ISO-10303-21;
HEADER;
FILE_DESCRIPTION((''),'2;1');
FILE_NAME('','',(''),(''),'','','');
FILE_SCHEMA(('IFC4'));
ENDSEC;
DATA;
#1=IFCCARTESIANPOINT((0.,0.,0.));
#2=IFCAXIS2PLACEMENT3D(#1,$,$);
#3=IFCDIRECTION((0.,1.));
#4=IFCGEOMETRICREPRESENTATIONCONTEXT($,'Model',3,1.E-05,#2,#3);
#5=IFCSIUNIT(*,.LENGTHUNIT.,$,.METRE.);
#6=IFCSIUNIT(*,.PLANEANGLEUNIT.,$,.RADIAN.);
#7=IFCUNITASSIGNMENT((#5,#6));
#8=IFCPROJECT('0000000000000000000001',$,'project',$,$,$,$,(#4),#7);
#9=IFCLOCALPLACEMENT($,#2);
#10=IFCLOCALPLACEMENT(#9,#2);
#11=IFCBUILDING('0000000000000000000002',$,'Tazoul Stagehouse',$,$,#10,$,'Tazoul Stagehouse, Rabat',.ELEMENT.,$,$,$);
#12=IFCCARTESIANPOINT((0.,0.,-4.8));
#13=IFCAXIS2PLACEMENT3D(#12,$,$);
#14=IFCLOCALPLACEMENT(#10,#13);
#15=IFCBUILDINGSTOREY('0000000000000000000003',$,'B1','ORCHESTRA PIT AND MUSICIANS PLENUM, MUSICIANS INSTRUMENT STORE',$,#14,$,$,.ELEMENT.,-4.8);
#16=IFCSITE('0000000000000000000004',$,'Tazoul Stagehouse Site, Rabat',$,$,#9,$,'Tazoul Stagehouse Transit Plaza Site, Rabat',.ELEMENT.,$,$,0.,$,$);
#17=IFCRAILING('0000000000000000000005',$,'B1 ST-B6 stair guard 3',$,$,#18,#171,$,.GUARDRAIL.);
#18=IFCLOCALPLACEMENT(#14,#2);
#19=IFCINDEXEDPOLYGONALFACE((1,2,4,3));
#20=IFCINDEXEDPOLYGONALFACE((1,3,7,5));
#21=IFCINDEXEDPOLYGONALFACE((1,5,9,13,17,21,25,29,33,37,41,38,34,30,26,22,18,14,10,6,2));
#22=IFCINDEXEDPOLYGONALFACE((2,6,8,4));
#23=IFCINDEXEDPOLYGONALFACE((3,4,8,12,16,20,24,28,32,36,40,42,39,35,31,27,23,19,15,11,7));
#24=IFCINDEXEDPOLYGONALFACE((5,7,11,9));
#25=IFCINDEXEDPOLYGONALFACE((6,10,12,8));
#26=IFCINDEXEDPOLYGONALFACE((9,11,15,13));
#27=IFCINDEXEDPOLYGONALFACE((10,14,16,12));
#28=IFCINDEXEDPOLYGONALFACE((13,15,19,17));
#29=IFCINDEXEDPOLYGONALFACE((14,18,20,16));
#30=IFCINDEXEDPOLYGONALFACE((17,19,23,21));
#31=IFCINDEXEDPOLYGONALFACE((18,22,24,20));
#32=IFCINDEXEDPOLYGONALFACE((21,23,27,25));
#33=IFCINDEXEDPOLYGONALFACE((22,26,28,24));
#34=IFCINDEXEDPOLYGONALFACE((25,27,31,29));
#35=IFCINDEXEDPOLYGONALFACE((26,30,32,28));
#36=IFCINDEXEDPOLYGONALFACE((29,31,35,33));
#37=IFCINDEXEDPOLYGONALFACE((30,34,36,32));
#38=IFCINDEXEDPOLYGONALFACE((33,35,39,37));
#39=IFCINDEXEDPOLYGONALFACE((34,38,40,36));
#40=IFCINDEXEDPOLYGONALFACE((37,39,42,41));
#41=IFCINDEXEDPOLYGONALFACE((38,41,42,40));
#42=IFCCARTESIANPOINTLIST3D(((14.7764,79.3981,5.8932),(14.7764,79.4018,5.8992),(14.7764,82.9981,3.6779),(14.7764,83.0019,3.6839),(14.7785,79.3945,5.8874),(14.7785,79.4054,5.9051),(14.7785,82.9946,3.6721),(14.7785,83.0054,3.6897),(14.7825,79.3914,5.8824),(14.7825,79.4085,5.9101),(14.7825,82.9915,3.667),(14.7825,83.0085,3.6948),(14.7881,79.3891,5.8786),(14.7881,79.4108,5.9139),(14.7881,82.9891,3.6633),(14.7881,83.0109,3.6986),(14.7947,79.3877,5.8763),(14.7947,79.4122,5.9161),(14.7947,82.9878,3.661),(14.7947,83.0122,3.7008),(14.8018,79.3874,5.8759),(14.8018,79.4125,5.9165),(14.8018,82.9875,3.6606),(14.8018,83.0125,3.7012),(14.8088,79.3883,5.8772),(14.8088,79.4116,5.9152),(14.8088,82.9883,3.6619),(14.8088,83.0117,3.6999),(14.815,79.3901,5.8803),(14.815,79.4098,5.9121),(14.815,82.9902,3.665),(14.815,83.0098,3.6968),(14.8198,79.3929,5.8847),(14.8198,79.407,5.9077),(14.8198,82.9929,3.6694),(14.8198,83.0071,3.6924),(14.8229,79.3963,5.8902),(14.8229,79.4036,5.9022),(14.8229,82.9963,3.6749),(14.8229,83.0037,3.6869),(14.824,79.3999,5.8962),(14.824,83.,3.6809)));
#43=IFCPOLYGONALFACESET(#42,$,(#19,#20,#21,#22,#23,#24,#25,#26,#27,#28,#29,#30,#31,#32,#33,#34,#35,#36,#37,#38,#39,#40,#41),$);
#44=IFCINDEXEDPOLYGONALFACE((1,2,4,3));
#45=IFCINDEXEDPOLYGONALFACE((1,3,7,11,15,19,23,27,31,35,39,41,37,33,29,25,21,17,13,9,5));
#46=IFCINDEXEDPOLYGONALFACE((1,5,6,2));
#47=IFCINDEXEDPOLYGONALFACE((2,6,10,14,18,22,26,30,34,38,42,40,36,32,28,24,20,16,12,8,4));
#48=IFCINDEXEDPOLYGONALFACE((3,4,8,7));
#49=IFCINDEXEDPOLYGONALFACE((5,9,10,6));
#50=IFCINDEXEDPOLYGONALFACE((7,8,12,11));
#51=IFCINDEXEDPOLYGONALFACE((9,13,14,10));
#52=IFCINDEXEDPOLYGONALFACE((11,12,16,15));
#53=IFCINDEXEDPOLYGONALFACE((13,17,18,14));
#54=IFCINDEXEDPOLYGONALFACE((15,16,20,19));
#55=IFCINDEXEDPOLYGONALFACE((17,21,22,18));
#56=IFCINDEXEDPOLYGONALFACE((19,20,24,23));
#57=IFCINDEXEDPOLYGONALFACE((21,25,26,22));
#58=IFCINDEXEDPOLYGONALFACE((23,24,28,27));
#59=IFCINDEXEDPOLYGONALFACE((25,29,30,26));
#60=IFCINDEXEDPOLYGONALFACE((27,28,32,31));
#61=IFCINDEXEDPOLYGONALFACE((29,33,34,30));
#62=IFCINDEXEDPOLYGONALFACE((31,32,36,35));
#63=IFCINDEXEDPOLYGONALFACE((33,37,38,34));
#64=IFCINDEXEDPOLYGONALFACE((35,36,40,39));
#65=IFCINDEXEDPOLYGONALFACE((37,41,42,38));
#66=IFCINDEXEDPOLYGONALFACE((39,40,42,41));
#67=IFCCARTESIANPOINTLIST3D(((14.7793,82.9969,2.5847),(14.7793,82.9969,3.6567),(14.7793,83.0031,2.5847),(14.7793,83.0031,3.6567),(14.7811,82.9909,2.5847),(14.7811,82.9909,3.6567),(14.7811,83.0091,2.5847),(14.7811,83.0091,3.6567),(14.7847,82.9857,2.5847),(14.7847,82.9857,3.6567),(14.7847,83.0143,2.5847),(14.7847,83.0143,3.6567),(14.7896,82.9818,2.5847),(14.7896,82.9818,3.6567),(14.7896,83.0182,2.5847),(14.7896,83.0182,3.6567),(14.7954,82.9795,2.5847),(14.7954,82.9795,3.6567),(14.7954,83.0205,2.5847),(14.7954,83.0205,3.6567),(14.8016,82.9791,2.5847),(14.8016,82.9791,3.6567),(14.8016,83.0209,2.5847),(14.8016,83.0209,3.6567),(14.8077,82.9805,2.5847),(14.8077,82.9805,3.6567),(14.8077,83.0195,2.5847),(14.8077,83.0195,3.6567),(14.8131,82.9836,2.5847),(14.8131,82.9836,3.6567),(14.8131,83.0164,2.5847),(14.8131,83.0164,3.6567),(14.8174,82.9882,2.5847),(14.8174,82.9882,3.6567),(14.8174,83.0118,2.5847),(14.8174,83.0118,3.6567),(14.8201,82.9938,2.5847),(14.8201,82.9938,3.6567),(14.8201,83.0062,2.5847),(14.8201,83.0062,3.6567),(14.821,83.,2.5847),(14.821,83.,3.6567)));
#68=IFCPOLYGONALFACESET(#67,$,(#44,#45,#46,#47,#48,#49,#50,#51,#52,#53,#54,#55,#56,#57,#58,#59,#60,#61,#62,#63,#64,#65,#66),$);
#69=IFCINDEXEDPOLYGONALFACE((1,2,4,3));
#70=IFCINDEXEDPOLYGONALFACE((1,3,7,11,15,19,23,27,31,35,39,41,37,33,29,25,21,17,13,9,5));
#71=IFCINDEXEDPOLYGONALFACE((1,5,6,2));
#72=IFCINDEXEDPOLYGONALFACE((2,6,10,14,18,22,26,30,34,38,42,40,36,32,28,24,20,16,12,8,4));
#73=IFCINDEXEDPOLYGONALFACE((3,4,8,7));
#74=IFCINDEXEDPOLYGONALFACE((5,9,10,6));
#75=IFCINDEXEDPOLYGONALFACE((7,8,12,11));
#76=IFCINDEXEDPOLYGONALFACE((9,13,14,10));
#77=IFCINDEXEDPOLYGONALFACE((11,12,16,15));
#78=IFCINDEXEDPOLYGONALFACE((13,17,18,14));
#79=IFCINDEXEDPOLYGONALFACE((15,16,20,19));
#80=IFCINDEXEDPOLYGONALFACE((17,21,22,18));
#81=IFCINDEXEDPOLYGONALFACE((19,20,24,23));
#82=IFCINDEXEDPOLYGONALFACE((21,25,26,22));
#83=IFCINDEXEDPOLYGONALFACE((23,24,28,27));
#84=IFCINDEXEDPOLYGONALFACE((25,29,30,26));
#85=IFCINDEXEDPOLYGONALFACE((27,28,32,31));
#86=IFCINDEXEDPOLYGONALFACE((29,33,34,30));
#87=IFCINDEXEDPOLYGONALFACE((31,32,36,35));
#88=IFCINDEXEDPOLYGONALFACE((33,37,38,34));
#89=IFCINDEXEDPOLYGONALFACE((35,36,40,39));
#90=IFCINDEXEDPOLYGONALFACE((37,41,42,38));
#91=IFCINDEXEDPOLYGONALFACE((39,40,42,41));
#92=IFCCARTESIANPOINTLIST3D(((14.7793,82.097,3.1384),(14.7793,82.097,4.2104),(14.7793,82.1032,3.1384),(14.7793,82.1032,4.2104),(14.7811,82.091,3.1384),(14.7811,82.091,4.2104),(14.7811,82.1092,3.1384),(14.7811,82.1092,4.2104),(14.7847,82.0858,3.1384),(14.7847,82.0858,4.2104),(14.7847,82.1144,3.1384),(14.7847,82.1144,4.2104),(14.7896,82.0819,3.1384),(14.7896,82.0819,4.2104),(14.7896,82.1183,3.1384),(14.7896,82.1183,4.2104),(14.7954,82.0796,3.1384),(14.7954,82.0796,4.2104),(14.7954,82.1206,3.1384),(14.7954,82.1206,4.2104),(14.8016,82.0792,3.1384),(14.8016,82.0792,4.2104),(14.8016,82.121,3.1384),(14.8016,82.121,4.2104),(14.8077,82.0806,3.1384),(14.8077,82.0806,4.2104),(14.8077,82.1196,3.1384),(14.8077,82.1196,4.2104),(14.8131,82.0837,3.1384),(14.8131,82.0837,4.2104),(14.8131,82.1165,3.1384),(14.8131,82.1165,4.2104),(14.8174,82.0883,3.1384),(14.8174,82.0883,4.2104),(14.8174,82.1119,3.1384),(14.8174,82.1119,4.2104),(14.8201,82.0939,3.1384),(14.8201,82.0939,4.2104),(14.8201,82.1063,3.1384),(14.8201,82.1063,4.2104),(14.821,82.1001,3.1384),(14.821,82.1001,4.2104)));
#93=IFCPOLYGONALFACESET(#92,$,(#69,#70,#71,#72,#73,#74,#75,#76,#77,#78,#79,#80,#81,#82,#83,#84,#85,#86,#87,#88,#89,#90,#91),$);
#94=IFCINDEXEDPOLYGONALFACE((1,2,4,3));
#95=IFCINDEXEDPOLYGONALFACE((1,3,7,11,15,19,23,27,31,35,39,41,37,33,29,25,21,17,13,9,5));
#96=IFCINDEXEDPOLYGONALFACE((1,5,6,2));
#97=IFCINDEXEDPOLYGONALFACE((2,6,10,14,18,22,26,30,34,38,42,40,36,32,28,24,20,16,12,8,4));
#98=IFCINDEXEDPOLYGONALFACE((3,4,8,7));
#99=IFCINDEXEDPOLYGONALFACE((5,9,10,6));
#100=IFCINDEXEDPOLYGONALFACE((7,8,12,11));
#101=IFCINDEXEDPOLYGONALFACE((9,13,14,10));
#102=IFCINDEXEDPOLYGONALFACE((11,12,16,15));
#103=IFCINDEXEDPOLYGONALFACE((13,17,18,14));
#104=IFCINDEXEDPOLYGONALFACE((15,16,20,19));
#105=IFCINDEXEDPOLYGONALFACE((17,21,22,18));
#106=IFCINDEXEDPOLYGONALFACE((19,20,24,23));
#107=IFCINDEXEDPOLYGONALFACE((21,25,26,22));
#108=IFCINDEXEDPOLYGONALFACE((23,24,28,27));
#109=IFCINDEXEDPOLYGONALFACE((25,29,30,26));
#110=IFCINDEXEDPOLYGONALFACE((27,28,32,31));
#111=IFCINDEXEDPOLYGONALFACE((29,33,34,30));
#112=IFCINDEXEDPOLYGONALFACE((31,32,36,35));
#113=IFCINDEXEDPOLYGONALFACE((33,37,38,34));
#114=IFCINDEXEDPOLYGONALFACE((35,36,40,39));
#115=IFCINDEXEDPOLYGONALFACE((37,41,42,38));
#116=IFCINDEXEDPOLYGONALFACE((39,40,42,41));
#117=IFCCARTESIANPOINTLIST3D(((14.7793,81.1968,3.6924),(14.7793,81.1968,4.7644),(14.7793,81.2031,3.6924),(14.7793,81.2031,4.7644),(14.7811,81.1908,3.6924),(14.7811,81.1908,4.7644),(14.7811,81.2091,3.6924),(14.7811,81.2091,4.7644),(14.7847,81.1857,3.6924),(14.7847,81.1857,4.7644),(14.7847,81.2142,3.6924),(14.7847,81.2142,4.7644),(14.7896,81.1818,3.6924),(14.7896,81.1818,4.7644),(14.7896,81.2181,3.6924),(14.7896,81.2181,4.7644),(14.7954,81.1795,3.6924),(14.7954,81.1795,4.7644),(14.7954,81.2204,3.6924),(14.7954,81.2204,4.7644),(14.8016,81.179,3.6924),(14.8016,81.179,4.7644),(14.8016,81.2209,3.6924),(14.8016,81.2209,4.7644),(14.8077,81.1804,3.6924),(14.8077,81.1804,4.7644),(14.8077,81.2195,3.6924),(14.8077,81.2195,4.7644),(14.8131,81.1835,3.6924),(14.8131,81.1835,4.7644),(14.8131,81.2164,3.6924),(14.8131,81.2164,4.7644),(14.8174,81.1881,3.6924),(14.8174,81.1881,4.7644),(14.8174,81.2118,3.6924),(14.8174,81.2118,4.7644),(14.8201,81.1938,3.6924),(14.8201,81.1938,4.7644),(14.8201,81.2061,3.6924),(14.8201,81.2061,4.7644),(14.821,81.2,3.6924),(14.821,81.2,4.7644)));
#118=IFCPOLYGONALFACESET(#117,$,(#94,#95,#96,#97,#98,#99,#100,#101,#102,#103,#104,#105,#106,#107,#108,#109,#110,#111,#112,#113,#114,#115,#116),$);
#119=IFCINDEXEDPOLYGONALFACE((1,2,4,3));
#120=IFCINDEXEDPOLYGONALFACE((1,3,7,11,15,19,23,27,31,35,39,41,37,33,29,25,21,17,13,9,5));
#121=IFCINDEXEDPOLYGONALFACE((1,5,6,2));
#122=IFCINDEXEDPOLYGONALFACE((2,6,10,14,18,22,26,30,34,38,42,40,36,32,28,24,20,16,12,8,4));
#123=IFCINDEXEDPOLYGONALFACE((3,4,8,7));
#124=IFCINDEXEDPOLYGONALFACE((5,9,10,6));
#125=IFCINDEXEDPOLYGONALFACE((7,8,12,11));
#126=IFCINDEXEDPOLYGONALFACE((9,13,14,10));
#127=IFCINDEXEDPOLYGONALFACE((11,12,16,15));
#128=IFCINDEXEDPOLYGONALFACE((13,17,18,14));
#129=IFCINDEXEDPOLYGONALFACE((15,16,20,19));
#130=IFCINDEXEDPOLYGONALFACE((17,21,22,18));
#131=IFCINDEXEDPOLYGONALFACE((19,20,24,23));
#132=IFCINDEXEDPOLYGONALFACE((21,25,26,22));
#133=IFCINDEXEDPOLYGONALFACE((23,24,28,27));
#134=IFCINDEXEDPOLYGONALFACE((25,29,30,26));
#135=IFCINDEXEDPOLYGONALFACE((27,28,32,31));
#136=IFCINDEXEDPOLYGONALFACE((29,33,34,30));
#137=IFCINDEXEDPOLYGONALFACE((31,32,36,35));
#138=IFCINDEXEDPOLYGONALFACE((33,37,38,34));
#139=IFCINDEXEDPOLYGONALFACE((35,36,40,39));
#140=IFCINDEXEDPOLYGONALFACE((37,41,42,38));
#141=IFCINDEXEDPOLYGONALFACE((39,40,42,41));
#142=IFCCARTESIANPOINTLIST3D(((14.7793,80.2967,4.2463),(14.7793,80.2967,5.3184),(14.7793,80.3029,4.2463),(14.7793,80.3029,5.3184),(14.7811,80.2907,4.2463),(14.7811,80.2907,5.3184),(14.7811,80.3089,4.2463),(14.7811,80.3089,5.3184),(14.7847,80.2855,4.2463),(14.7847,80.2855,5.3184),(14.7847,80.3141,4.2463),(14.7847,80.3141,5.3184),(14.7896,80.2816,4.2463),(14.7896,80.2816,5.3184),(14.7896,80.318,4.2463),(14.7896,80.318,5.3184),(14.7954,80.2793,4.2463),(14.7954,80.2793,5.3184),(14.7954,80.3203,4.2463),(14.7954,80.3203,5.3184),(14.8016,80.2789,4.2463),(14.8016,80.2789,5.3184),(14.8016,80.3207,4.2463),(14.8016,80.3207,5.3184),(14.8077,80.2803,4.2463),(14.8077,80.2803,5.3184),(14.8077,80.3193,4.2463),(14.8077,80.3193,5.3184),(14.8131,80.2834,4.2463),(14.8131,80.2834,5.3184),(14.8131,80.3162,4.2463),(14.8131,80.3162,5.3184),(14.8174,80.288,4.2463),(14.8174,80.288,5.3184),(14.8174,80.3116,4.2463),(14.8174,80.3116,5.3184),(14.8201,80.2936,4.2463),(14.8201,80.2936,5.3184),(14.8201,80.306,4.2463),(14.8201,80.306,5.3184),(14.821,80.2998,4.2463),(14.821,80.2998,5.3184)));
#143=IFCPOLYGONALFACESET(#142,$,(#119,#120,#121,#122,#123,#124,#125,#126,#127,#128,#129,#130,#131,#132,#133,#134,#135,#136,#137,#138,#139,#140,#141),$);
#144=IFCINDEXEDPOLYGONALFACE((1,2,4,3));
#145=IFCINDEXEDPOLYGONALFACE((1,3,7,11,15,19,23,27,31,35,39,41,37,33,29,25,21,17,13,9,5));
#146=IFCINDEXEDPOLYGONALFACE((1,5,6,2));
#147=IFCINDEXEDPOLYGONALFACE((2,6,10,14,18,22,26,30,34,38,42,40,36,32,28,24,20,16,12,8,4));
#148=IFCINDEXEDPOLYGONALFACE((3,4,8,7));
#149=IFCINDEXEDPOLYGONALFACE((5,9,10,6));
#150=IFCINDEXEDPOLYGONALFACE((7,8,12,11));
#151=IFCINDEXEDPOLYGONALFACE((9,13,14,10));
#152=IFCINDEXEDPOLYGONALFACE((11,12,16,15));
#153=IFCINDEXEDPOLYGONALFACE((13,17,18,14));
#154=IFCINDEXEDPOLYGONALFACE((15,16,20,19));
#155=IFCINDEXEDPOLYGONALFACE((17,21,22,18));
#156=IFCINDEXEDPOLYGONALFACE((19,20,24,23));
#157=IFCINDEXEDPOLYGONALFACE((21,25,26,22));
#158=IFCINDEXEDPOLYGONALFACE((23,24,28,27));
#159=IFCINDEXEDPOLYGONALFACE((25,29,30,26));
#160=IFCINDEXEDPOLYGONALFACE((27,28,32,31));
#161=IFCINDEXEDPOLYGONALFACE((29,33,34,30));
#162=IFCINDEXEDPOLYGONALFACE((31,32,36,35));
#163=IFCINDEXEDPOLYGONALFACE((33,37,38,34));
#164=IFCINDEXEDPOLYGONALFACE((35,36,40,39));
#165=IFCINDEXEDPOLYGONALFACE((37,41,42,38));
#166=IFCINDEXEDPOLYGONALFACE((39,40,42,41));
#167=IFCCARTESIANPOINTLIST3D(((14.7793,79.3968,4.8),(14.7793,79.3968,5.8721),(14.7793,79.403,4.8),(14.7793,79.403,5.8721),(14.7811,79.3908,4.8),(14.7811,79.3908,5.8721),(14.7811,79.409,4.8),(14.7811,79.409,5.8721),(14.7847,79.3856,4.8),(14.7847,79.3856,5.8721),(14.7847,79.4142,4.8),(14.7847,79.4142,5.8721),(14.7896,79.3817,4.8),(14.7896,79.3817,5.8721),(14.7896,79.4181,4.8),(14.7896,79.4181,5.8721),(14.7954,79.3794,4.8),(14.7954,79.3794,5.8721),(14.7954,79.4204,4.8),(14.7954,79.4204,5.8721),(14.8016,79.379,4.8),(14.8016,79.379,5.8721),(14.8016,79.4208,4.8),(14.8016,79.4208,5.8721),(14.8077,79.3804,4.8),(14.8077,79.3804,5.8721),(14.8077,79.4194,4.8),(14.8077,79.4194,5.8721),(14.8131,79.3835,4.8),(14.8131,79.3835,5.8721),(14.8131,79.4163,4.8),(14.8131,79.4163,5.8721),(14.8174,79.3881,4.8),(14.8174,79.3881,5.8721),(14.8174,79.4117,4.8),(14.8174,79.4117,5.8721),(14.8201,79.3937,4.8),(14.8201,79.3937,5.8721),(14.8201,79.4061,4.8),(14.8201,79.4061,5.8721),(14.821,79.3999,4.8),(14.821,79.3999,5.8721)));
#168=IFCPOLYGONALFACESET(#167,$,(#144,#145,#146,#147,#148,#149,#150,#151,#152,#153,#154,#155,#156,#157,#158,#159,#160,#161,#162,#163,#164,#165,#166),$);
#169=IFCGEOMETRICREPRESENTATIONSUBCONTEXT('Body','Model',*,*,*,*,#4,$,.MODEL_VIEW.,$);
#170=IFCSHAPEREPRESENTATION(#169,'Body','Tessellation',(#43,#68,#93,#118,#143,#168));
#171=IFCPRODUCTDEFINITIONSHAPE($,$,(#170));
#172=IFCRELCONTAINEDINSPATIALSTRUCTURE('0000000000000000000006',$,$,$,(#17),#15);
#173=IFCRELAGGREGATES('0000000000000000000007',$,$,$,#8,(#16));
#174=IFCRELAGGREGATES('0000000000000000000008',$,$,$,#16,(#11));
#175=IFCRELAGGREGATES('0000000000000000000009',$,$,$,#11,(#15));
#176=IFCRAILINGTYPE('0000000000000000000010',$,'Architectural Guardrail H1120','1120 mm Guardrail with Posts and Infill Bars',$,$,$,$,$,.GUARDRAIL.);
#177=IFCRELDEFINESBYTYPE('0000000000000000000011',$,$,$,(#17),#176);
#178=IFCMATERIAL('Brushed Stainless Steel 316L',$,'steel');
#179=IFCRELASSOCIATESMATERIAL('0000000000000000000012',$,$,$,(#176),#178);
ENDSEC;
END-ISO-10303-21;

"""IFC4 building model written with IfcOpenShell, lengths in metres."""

from ifc_helpers import new_model, si_unit, direction, frame, origin, origin_2d, place, context, subcontext, project, spatial, circle, extrude, material, material_profile, profile_set, type_object, element, save


model = new_model("IFC4")

# Units and contexts
model_context = context("Model", 3, precision=1e-05, world=origin(), true_north=direction((0.0, 1.0)))
body_context = subcontext(model_context, "Body", "Model", "MODEL_VIEW")
ifc_project = project(units=[si_unit("LENGTHUNIT", "METRE"), si_unit("PLANEANGLEUNIT", "RADIAN")], contexts=[model_context])

# Site, building, storey
site_placement = place(None, origin())
site = spatial("IfcSite", under=ifc_project, at=site_placement, Name="Tazoul Stagehouse Site, Rabat", LongName="Tazoul Stagehouse Transit Plaza Site, Rabat", CompositionType="ELEMENT", RefElevation=0.0)
building_placement = place(site_placement, origin())
building = spatial("IfcBuilding", under=site, at=building_placement, Name="Tazoul Stagehouse", LongName="Tazoul Stagehouse, Rabat", CompositionType="ELEMENT")
storey_placement = place(building_placement, frame((0.0, 0.0, -4.8)))
storey = spatial("IfcBuildingStorey", under=building, at=storey_placement, Name="B1", Description="ORCHESTRA PIT AND MUSICIANS PLENUM, MUSICIANS INSTRUMENT STORE", CompositionType="ELEMENT", Elevation=-4.8)

# Railing
ifc_material_1 = material(Name="Brushed Stainless Steel 316L", Category="steel")
ifc_material_profile_1 = material_profile(ifc_material_1, circle(Radius=0.0239, at=origin_2d()), Name="SS RAIL D48")
ifc_profile_set_1 = profile_set([ifc_material_profile_1], Name="Brushed Stainless Steel 316L")
railing_type_1 = type_object("IfcRailingType", Name="Architectural Guardrail H1120", Description="1120 mm Guardrail with Posts and Infill Bars", PredefinedType="GUARDRAIL", material=ifc_profile_set_1)
railing_1_placement = place(storey_placement, frame((14.8, 83.0, 2.5847)))
element("IfcRailing", 1, at=railing_1_placement, inside=storey, type_object=railing_type_1, Name="B1 ST-B6 stair guard 3", PredefinedType="GUARDRAIL", context=body_context, shape_type="SweptSolid", body=[
    extrude(circle(Radius=0.0239, at=origin_2d()), frame((0.0, 0.0, 1.0962), z_axis=(0.0, -0.85167, 0.524078), x_axis=(1.0, 0.0, 0.0)), (0.0, 0.0, 1.0), 4.2271),
    extrude(circle(Radius=0.021, at=origin_2d()), origin(), (0.0, 0.0, 1.0), 1.072),
    extrude(circle(Radius=0.021, at=origin_2d()), frame((0.0, -0.8999, 0.5537)), (0.0, 0.0, 1.0), 1.072),
    extrude(circle(Radius=0.021, at=origin_2d()), frame((0.0, -1.8, 1.1077)), (0.0, 0.0, 1.0), 1.072),
    extrude(circle(Radius=0.021, at=origin_2d()), frame((0.0, -2.7002, 1.6616)), (0.0, 0.0, 1.0), 1.072),
    extrude(circle(Radius=0.021, at=origin_2d()), frame((0.0, -3.6001, 2.2153)), (0.0, 0.0, 1.0), 1.072),
])

save(model, "model.ifc")
